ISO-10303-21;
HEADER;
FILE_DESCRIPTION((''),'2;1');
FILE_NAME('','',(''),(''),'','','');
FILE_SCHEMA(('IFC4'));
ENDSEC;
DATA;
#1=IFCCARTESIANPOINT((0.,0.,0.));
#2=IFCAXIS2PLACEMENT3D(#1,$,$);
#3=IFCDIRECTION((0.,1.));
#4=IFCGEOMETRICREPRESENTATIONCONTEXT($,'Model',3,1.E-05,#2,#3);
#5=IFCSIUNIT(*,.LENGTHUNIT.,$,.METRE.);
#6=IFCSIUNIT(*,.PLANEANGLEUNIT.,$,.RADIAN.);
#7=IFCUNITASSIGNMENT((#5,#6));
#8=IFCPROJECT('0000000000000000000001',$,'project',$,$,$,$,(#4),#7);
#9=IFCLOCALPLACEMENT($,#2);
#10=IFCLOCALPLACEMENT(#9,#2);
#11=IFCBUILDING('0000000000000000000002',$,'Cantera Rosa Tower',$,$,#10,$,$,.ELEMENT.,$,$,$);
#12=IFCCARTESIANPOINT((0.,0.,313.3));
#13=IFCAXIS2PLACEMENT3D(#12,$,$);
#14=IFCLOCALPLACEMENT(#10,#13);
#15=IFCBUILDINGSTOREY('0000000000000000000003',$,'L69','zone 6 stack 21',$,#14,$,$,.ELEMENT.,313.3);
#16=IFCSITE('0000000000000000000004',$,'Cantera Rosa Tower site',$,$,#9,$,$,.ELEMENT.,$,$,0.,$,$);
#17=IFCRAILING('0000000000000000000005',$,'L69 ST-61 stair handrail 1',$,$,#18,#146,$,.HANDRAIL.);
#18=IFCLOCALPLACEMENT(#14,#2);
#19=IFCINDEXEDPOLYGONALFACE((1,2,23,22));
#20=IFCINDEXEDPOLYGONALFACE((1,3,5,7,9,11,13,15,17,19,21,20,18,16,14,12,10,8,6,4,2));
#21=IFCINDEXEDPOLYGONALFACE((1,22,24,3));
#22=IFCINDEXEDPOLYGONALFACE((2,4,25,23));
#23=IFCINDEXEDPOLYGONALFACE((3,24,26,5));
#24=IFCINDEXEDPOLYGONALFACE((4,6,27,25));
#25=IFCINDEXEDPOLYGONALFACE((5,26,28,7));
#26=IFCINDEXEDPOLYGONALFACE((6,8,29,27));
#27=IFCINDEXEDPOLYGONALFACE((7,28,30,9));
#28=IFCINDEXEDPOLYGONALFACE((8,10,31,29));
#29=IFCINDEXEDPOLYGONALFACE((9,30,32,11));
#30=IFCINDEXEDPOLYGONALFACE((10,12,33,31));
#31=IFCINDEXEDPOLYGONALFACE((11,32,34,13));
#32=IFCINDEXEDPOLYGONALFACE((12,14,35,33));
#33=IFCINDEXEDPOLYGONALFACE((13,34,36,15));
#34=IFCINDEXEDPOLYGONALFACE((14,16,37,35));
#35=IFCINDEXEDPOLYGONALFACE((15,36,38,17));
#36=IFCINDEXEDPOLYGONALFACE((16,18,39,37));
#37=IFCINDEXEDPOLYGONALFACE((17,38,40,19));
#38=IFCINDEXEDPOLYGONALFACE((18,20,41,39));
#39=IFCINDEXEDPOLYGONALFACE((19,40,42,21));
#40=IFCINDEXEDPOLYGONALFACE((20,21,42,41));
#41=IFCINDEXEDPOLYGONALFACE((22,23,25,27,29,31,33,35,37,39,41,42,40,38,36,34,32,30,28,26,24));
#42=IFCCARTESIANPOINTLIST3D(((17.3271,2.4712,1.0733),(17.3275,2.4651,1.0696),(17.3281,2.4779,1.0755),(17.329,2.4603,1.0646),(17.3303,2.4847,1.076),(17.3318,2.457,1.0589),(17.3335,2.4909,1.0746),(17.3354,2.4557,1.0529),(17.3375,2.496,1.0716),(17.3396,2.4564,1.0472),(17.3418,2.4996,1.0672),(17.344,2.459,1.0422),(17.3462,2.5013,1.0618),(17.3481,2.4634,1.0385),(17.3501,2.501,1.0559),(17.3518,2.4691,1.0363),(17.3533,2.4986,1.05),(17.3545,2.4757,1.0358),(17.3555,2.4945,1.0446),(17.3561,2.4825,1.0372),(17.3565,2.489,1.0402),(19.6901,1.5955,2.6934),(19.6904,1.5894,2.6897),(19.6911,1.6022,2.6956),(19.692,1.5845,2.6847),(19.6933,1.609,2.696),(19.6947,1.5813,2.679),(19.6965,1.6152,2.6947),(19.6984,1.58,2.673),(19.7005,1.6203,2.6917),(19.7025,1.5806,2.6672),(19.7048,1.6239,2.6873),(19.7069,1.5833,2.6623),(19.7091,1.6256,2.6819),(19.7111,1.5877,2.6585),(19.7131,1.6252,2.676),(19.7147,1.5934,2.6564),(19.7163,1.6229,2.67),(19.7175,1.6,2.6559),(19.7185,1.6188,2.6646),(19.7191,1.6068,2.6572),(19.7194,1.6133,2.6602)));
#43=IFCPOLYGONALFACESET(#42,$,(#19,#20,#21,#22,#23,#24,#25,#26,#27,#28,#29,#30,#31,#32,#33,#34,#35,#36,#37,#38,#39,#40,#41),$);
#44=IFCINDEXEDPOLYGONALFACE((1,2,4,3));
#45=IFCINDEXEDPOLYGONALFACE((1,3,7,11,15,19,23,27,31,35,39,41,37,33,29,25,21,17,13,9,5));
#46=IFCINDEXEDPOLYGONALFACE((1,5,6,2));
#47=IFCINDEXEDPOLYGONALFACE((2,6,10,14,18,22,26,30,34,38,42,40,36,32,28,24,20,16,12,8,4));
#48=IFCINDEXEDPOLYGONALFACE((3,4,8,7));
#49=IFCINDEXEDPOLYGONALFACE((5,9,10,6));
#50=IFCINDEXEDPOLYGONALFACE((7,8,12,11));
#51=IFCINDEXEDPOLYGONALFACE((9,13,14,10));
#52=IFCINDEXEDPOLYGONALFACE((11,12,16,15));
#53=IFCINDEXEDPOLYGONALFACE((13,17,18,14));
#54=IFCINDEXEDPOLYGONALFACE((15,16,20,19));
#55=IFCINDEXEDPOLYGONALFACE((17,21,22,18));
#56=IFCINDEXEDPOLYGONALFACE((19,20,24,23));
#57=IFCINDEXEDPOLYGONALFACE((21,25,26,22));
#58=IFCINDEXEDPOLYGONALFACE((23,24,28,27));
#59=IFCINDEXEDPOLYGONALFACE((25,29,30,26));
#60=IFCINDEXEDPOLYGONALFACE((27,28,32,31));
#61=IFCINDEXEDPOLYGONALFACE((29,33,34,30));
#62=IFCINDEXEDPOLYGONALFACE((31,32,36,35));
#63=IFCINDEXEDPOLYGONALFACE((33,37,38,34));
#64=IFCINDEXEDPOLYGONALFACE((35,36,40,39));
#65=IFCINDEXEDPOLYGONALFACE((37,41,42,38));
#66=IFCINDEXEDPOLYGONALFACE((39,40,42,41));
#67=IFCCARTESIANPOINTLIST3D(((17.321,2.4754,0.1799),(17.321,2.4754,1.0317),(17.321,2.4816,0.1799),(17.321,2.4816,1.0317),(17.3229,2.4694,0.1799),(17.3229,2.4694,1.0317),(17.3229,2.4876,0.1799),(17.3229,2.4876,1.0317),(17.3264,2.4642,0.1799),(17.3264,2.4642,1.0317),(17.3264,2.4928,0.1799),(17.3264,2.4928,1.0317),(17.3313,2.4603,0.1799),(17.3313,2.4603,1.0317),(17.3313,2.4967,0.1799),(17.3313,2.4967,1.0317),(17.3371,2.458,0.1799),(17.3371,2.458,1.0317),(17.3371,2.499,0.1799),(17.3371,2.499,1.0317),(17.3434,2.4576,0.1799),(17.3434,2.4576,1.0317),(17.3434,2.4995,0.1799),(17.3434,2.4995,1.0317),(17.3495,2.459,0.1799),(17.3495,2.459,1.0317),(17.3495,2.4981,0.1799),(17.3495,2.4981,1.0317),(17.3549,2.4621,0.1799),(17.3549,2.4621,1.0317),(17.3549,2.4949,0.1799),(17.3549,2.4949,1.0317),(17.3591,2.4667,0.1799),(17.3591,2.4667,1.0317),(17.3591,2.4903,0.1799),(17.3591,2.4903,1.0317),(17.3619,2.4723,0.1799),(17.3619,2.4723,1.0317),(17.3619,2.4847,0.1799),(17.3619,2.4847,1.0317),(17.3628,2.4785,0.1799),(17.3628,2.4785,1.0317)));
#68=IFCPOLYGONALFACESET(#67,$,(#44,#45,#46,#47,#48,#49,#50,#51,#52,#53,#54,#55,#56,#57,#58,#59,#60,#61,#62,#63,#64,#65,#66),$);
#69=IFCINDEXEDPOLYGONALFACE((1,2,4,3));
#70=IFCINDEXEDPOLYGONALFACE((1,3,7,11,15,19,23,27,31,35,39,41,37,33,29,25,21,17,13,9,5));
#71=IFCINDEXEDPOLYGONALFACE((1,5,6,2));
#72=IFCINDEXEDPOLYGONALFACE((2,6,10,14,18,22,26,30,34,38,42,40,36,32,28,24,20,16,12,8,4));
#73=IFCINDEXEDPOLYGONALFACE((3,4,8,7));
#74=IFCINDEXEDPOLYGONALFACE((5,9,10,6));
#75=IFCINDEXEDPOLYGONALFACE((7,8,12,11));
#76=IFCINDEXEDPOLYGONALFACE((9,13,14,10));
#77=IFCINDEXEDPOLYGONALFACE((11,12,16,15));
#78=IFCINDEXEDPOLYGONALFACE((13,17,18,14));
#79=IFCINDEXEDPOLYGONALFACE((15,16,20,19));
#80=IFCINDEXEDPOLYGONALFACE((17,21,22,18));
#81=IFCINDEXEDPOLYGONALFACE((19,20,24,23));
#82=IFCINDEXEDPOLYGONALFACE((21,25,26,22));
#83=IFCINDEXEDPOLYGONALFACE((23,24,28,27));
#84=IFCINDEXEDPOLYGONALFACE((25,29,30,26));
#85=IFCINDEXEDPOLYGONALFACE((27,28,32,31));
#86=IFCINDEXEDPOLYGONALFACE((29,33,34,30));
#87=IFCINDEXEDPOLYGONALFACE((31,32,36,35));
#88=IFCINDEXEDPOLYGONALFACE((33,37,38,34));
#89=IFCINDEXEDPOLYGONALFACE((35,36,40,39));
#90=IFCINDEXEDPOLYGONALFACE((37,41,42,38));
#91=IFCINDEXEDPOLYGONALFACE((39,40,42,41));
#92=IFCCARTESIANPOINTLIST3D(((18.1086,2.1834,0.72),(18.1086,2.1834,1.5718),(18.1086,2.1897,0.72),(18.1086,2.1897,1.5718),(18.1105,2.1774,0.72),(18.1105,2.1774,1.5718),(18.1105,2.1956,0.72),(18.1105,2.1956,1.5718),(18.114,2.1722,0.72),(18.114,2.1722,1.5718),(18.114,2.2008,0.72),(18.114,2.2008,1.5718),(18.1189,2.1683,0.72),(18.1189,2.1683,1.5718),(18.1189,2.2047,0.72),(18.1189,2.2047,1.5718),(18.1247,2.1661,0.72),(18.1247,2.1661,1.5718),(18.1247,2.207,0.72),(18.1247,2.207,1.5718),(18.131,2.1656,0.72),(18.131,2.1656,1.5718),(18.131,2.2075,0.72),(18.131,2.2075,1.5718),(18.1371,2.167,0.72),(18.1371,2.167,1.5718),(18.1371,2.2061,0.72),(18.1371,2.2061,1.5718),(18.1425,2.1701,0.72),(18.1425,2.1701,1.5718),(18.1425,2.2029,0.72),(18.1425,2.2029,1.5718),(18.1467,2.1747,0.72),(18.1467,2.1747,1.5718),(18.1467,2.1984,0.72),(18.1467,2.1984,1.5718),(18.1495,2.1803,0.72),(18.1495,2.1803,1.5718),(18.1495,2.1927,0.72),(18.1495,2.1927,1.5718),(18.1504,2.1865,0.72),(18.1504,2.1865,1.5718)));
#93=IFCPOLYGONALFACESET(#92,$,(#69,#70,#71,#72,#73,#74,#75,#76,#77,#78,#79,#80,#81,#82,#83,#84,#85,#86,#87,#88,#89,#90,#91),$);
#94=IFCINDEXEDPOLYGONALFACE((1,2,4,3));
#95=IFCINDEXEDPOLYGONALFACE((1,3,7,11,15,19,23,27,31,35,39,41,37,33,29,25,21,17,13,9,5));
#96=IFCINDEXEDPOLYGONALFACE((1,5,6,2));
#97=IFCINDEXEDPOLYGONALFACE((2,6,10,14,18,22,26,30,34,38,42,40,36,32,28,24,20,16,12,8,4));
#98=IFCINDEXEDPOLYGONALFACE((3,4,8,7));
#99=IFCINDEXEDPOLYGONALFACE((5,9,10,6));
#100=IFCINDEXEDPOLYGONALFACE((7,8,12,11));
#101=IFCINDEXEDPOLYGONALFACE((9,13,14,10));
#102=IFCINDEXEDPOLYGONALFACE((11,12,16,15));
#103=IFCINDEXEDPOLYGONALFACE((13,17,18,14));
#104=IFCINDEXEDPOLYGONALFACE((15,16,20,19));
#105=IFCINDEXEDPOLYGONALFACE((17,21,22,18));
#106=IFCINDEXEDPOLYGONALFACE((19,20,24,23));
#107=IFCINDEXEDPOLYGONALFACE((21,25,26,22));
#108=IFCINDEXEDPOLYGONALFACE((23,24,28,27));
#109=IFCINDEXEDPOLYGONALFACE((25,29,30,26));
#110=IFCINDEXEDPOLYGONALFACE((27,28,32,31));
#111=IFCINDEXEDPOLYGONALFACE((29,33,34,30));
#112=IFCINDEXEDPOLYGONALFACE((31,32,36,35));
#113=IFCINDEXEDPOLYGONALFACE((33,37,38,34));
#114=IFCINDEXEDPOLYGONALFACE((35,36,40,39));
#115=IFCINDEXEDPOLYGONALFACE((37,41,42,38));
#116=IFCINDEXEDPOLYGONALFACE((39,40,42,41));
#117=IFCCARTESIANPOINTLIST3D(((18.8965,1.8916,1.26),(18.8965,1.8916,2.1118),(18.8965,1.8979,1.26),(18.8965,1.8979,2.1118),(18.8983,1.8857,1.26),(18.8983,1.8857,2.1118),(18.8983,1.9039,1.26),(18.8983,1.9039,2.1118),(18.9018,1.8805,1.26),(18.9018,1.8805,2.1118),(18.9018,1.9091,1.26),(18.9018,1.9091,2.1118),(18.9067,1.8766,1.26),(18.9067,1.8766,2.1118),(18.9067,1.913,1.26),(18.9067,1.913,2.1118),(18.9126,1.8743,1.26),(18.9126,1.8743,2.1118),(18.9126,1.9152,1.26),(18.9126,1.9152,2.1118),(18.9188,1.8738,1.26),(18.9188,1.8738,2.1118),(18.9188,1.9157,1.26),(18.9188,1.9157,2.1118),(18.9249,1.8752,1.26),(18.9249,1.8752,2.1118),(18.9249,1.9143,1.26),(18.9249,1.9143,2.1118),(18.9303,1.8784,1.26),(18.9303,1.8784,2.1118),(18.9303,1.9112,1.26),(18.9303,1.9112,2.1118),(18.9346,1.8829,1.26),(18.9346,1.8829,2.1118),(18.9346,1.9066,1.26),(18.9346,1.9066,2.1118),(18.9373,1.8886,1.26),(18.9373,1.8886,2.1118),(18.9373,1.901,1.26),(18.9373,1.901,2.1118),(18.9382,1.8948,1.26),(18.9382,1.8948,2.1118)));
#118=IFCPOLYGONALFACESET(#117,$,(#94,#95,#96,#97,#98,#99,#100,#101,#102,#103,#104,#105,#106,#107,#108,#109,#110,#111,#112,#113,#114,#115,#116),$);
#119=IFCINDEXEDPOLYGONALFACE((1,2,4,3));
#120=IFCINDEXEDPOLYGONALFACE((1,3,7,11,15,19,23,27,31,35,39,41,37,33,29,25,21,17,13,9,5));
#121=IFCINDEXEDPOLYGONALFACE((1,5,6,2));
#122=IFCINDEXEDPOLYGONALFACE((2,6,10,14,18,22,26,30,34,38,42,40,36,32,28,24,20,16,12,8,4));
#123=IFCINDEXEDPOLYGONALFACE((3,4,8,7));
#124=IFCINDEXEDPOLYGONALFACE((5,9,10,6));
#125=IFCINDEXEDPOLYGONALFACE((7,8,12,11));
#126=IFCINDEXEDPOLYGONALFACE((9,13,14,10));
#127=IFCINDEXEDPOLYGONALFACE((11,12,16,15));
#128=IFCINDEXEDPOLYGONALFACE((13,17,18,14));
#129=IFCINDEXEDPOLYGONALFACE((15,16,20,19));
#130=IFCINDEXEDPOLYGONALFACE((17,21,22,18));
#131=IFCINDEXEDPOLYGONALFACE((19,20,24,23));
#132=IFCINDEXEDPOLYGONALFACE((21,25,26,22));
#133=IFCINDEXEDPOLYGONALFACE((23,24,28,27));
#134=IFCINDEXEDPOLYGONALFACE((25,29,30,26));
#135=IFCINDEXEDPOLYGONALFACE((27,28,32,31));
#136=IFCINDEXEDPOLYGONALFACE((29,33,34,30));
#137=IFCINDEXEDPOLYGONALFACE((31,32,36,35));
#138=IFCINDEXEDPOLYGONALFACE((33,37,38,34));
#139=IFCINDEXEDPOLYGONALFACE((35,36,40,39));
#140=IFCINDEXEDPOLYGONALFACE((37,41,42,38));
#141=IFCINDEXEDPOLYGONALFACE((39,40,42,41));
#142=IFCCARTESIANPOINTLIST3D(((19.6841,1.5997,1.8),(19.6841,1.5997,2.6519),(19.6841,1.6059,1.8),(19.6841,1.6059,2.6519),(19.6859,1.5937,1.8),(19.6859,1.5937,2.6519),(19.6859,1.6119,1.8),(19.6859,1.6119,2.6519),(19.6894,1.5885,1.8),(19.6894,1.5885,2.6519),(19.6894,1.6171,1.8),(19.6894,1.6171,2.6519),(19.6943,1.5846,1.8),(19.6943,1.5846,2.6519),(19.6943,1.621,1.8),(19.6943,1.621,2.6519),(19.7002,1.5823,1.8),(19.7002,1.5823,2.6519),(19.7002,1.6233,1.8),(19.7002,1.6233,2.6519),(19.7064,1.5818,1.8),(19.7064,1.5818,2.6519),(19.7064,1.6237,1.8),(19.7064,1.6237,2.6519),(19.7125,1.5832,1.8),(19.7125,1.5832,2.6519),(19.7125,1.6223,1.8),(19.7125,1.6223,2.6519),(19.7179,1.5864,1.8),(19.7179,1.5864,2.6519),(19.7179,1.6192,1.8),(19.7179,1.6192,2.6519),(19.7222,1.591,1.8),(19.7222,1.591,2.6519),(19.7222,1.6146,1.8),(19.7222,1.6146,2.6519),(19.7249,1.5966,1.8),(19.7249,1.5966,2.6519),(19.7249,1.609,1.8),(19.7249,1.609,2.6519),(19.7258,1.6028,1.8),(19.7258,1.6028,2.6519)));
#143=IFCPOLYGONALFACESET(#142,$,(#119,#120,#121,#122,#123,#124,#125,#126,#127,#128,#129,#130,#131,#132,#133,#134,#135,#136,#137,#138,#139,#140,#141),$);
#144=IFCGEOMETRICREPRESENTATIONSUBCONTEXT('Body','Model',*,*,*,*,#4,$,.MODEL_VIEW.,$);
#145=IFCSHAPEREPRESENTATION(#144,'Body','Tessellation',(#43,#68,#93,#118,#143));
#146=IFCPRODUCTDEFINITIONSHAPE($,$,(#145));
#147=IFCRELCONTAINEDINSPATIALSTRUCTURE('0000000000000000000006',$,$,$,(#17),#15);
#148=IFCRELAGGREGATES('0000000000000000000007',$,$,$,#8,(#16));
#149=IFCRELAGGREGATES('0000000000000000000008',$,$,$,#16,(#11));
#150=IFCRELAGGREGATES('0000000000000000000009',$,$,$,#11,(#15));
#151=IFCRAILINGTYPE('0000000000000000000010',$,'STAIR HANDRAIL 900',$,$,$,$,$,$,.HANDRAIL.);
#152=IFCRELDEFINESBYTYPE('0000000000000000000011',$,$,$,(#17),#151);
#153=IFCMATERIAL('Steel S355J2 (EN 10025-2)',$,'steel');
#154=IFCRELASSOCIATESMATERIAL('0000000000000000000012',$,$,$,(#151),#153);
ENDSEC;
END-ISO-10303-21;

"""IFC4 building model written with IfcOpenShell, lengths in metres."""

from ifc_helpers import new_model, si_unit, direction, frame, origin, origin_2d, place, context, subcontext, project, spatial, circle, extrude, material, type_object, element, save


model = new_model("IFC4")

# Units and contexts
model_context = context("Model", 3, precision=1e-05, world=origin(), true_north=direction((0.0, 1.0)))
body_context = subcontext(model_context, "Body", "Model", "MODEL_VIEW")
ifc_project = project(units=[si_unit("LENGTHUNIT", "METRE"), si_unit("PLANEANGLEUNIT", "RADIAN")], contexts=[model_context])

# Site, building, storey
site_placement = place(None, origin())
site = spatial("IfcSite", under=ifc_project, at=site_placement, Name="Cantera Rosa Tower site", CompositionType="ELEMENT", RefElevation=0.0)
building_placement = place(site_placement, origin())
building = spatial("IfcBuilding", under=site, at=building_placement, Name="Cantera Rosa Tower", CompositionType="ELEMENT")
storey_placement = place(building_placement, frame((0.0, 0.0, 313.3)))
storey = spatial("IfcBuildingStorey", under=building, at=storey_placement, Name="L69", Description="zone 6 stack 21", CompositionType="ELEMENT", Elevation=313.3)

# Railing
ifc_material_1 = material(Name="Steel S355J2 (EN 10025-2)", Category="steel")
railing_type_1 = type_object("IfcRailingType", Name="STAIR HANDRAIL 900", PredefinedType="HANDRAIL", material=ifc_material_1)
railing_1_placement = place(storey_placement, frame((17.3418, 2.4785, 0.1799)))
element("IfcRailing", 1, at=railing_1_placement, inside=storey, type_object=railing_type_1, Name="L69 ST-61 stair handrail 1", PredefinedType="HANDRAIL", context=body_context, shape_type="SweptSolid", body=[
    extrude(circle(Radius=0.0239, at=origin_2d()), frame((0.0, 0.0, 0.876), z_axis=(0.788748, -0.292307, 0.540772), x_axis=(0.347501, 0.93768, 0.0)), (0.0, 0.0, 1.0), 2.9958),
    extrude(circle(Radius=0.021, at=origin_2d()), origin(), (0.0, 0.0, 1.0), 0.8518),
    extrude(circle(Radius=0.021, at=origin_2d()), frame((0.7876, -0.292, 0.54)), (0.0, 0.0, 1.0), 0.8518),
    extrude(circle(Radius=0.021, at=origin_2d()), frame((1.5754, -0.5837, 1.0801)), (0.0, 0.0, 1.0), 0.8518),
    extrude(circle(Radius=0.021, at=origin_2d()), frame((2.363, -0.8757, 1.6201)), (0.0, 0.0, 1.0), 0.8518),
])

save(model, "model.ifc")
